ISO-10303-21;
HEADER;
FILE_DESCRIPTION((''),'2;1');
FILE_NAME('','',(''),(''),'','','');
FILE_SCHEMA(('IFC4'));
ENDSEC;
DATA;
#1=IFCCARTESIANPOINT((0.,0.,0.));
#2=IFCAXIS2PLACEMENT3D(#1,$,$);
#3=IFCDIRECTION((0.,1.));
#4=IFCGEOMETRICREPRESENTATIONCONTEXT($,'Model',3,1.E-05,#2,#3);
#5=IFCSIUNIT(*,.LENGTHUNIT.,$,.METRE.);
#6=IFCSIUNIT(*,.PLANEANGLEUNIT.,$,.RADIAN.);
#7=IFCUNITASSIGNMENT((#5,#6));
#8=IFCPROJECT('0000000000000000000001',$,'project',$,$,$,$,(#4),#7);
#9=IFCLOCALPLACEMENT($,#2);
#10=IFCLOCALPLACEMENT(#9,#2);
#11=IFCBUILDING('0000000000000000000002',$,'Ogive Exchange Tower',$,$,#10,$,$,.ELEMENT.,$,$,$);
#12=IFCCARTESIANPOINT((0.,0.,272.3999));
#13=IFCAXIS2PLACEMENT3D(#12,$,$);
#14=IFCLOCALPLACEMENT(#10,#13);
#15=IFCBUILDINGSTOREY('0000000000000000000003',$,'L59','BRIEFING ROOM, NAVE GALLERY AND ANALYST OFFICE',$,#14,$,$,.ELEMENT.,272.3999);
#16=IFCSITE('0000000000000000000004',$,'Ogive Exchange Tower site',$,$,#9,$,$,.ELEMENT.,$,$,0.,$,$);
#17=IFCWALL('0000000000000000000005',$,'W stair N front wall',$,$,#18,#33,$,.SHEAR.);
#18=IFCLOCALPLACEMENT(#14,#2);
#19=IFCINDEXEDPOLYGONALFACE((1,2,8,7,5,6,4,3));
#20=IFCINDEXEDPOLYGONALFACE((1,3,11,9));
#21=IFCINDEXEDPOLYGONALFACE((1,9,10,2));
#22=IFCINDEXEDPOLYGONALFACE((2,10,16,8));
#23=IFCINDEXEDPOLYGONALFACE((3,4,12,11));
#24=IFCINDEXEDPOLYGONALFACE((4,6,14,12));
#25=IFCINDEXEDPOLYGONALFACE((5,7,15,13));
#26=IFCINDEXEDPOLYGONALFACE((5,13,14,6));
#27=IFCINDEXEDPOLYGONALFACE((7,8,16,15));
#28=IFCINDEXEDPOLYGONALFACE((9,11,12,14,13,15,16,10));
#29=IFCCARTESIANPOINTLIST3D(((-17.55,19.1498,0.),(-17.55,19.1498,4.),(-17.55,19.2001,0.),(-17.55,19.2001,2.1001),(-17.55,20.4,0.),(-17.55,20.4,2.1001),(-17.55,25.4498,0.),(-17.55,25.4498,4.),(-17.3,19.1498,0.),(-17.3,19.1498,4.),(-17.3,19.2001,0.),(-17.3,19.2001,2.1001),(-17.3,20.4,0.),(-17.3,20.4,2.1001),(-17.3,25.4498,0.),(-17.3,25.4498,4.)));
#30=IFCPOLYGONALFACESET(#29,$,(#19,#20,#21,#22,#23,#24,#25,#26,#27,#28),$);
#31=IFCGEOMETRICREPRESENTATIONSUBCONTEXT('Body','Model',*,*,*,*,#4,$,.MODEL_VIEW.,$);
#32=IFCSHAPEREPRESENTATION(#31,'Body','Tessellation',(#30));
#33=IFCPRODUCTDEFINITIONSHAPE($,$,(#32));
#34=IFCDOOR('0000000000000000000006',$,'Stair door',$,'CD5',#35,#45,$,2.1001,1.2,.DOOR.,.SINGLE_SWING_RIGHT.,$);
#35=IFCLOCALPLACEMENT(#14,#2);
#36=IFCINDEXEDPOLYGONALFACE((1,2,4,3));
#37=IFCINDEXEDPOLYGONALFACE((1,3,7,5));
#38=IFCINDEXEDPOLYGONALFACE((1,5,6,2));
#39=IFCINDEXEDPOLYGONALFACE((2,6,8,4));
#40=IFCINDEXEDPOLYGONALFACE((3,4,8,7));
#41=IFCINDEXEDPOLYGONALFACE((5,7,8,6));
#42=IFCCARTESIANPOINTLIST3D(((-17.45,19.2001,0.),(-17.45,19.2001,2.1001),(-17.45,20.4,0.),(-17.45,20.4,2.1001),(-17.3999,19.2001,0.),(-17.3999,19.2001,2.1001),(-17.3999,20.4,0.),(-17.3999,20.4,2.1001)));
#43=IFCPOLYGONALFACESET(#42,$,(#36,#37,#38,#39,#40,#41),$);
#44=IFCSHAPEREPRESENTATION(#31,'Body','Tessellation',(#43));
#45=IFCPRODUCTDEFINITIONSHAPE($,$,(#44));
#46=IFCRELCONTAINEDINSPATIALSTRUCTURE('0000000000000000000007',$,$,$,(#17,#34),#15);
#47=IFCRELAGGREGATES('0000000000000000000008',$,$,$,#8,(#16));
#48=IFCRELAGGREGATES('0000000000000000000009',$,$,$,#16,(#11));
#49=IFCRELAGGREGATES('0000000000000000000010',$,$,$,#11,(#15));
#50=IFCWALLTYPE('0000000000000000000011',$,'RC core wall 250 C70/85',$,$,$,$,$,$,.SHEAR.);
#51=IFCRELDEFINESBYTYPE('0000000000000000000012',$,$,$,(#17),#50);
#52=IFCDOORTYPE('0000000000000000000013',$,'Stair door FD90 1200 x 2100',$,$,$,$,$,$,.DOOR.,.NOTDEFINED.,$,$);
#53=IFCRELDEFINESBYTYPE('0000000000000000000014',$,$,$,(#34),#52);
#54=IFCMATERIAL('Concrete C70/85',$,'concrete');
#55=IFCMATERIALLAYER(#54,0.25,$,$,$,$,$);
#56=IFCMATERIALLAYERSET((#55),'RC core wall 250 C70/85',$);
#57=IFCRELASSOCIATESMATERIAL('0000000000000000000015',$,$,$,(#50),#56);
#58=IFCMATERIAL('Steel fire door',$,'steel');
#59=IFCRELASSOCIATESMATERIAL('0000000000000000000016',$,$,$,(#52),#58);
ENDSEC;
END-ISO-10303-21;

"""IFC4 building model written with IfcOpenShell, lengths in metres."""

from ifc_helpers import new_model, si_unit, direction, frame, frame_2d, origin, place, context, subcontext, project, spatial, rectangle, extrude, material, layer, layer_set, type_object, element, fill, save


model = new_model("IFC4")

# Units and contexts
model_context = context("Model", 3, precision=1e-05, world=origin(), true_north=direction((0.0, 1.0)))
body_context = subcontext(model_context, "Body", "Model", "MODEL_VIEW")
ifc_project = project(units=[si_unit("LENGTHUNIT", "METRE"), si_unit("PLANEANGLEUNIT", "RADIAN")], contexts=[model_context])

# Site, building, storey
site_placement = place(None, origin())
site = spatial("IfcSite", under=ifc_project, at=site_placement, Name="Ogive Exchange Tower site", CompositionType="ELEMENT", RefElevation=0.0)
building_placement = place(site_placement, origin())
building = spatial("IfcBuilding", under=site, at=building_placement, Name="Ogive Exchange Tower", CompositionType="ELEMENT")
storey_placement = place(building_placement, frame((0.0, 0.0, 272.3999)))
storey = spatial("IfcBuildingStorey", under=building, at=storey_placement, Name="L59", Description="BRIEFING ROOM, NAVE GALLERY AND ANALYST OFFICE", CompositionType="ELEMENT", Elevation=272.3999)

# Wall, opening, door
ifc_material_1 = material(Name="Concrete C70/85", Category="concrete")
ifc_material_2 = material(Name="Steel fire door", Category="steel")
ifc_layer_1 = layer(ifc_material_1, 0.25)
ifc_layer_set_1 = layer_set([ifc_layer_1], Name="RC core wall 250 C70/85")
wall_type_1 = type_object("IfcWallType", Name="RC core wall 250 C70/85", PredefinedType="SHEAR", material=ifc_layer_set_1)
wall_1_placement = place(storey_placement, frame((-17.425, 19.1499, 0.0), z_axis=(0.0, 0.0, 1.0), x_axis=(0.0, 1.0, 0.0)))
wall_1 = element("IfcWall", 1, at=wall_1_placement, inside=storey, type_object=wall_type_1, Name="W stair N front wall", PredefinedType="SHEAR", context=body_context, shape_type="SweptSolid", body=[
    extrude(rectangle(XDim=6.3, YDim=0.25, at=frame_2d((3.1499, 0.0))), origin(), (0.0, 0.0, 1.0), 4.0),
])
opening_1_placement = place(wall_1_placement, frame((0.05, 0.0, 0.0)))
opening_1 = element("IfcOpeningElement", 2, at=opening_1_placement, cuts=wall_1, PredefinedType="OPENING", context=body_context, shape_type="SweptSolid", body=[
    extrude(rectangle(XDim=1.2, YDim=2.1001, at=frame_2d((0.6001, 1.05))), frame((0.0, 0.135, 0.0), z_axis=(0.0, -1.0, 0.0), x_axis=(1.0, 0.0, 0.0)), (0.0, 0.0, 1.0), 0.27),
])
door_type_1 = type_object("IfcDoorType", Name="Stair door FD90 1200 x 2100", OperationType="NOTDEFINED", PredefinedType="DOOR", material=ifc_material_2)
door_1_placement = place(opening_1_placement, origin())
door_1 = element("IfcDoor", 3, at=door_1_placement, inside=storey, type_object=door_type_1, Name="Stair door", ObjectType="CD5", OperationType="SINGLE_SWING_RIGHT", OverallHeight=2.1001, OverallWidth=1.2, PredefinedType="DOOR", context=body_context, shape_type="SweptSolid", body=[
    extrude(rectangle(XDim=1.2, YDim=2.1001, at=frame_2d((0.6001, 1.05))), frame((0.0, 0.0249, 0.0), z_axis=(0.0, -1.0, 0.0), x_axis=(1.0, 0.0, 0.0)), (0.0, 0.0, 1.0), 0.05),
])
fill(opening_1, door_1)

save(model, "model.ifc")
